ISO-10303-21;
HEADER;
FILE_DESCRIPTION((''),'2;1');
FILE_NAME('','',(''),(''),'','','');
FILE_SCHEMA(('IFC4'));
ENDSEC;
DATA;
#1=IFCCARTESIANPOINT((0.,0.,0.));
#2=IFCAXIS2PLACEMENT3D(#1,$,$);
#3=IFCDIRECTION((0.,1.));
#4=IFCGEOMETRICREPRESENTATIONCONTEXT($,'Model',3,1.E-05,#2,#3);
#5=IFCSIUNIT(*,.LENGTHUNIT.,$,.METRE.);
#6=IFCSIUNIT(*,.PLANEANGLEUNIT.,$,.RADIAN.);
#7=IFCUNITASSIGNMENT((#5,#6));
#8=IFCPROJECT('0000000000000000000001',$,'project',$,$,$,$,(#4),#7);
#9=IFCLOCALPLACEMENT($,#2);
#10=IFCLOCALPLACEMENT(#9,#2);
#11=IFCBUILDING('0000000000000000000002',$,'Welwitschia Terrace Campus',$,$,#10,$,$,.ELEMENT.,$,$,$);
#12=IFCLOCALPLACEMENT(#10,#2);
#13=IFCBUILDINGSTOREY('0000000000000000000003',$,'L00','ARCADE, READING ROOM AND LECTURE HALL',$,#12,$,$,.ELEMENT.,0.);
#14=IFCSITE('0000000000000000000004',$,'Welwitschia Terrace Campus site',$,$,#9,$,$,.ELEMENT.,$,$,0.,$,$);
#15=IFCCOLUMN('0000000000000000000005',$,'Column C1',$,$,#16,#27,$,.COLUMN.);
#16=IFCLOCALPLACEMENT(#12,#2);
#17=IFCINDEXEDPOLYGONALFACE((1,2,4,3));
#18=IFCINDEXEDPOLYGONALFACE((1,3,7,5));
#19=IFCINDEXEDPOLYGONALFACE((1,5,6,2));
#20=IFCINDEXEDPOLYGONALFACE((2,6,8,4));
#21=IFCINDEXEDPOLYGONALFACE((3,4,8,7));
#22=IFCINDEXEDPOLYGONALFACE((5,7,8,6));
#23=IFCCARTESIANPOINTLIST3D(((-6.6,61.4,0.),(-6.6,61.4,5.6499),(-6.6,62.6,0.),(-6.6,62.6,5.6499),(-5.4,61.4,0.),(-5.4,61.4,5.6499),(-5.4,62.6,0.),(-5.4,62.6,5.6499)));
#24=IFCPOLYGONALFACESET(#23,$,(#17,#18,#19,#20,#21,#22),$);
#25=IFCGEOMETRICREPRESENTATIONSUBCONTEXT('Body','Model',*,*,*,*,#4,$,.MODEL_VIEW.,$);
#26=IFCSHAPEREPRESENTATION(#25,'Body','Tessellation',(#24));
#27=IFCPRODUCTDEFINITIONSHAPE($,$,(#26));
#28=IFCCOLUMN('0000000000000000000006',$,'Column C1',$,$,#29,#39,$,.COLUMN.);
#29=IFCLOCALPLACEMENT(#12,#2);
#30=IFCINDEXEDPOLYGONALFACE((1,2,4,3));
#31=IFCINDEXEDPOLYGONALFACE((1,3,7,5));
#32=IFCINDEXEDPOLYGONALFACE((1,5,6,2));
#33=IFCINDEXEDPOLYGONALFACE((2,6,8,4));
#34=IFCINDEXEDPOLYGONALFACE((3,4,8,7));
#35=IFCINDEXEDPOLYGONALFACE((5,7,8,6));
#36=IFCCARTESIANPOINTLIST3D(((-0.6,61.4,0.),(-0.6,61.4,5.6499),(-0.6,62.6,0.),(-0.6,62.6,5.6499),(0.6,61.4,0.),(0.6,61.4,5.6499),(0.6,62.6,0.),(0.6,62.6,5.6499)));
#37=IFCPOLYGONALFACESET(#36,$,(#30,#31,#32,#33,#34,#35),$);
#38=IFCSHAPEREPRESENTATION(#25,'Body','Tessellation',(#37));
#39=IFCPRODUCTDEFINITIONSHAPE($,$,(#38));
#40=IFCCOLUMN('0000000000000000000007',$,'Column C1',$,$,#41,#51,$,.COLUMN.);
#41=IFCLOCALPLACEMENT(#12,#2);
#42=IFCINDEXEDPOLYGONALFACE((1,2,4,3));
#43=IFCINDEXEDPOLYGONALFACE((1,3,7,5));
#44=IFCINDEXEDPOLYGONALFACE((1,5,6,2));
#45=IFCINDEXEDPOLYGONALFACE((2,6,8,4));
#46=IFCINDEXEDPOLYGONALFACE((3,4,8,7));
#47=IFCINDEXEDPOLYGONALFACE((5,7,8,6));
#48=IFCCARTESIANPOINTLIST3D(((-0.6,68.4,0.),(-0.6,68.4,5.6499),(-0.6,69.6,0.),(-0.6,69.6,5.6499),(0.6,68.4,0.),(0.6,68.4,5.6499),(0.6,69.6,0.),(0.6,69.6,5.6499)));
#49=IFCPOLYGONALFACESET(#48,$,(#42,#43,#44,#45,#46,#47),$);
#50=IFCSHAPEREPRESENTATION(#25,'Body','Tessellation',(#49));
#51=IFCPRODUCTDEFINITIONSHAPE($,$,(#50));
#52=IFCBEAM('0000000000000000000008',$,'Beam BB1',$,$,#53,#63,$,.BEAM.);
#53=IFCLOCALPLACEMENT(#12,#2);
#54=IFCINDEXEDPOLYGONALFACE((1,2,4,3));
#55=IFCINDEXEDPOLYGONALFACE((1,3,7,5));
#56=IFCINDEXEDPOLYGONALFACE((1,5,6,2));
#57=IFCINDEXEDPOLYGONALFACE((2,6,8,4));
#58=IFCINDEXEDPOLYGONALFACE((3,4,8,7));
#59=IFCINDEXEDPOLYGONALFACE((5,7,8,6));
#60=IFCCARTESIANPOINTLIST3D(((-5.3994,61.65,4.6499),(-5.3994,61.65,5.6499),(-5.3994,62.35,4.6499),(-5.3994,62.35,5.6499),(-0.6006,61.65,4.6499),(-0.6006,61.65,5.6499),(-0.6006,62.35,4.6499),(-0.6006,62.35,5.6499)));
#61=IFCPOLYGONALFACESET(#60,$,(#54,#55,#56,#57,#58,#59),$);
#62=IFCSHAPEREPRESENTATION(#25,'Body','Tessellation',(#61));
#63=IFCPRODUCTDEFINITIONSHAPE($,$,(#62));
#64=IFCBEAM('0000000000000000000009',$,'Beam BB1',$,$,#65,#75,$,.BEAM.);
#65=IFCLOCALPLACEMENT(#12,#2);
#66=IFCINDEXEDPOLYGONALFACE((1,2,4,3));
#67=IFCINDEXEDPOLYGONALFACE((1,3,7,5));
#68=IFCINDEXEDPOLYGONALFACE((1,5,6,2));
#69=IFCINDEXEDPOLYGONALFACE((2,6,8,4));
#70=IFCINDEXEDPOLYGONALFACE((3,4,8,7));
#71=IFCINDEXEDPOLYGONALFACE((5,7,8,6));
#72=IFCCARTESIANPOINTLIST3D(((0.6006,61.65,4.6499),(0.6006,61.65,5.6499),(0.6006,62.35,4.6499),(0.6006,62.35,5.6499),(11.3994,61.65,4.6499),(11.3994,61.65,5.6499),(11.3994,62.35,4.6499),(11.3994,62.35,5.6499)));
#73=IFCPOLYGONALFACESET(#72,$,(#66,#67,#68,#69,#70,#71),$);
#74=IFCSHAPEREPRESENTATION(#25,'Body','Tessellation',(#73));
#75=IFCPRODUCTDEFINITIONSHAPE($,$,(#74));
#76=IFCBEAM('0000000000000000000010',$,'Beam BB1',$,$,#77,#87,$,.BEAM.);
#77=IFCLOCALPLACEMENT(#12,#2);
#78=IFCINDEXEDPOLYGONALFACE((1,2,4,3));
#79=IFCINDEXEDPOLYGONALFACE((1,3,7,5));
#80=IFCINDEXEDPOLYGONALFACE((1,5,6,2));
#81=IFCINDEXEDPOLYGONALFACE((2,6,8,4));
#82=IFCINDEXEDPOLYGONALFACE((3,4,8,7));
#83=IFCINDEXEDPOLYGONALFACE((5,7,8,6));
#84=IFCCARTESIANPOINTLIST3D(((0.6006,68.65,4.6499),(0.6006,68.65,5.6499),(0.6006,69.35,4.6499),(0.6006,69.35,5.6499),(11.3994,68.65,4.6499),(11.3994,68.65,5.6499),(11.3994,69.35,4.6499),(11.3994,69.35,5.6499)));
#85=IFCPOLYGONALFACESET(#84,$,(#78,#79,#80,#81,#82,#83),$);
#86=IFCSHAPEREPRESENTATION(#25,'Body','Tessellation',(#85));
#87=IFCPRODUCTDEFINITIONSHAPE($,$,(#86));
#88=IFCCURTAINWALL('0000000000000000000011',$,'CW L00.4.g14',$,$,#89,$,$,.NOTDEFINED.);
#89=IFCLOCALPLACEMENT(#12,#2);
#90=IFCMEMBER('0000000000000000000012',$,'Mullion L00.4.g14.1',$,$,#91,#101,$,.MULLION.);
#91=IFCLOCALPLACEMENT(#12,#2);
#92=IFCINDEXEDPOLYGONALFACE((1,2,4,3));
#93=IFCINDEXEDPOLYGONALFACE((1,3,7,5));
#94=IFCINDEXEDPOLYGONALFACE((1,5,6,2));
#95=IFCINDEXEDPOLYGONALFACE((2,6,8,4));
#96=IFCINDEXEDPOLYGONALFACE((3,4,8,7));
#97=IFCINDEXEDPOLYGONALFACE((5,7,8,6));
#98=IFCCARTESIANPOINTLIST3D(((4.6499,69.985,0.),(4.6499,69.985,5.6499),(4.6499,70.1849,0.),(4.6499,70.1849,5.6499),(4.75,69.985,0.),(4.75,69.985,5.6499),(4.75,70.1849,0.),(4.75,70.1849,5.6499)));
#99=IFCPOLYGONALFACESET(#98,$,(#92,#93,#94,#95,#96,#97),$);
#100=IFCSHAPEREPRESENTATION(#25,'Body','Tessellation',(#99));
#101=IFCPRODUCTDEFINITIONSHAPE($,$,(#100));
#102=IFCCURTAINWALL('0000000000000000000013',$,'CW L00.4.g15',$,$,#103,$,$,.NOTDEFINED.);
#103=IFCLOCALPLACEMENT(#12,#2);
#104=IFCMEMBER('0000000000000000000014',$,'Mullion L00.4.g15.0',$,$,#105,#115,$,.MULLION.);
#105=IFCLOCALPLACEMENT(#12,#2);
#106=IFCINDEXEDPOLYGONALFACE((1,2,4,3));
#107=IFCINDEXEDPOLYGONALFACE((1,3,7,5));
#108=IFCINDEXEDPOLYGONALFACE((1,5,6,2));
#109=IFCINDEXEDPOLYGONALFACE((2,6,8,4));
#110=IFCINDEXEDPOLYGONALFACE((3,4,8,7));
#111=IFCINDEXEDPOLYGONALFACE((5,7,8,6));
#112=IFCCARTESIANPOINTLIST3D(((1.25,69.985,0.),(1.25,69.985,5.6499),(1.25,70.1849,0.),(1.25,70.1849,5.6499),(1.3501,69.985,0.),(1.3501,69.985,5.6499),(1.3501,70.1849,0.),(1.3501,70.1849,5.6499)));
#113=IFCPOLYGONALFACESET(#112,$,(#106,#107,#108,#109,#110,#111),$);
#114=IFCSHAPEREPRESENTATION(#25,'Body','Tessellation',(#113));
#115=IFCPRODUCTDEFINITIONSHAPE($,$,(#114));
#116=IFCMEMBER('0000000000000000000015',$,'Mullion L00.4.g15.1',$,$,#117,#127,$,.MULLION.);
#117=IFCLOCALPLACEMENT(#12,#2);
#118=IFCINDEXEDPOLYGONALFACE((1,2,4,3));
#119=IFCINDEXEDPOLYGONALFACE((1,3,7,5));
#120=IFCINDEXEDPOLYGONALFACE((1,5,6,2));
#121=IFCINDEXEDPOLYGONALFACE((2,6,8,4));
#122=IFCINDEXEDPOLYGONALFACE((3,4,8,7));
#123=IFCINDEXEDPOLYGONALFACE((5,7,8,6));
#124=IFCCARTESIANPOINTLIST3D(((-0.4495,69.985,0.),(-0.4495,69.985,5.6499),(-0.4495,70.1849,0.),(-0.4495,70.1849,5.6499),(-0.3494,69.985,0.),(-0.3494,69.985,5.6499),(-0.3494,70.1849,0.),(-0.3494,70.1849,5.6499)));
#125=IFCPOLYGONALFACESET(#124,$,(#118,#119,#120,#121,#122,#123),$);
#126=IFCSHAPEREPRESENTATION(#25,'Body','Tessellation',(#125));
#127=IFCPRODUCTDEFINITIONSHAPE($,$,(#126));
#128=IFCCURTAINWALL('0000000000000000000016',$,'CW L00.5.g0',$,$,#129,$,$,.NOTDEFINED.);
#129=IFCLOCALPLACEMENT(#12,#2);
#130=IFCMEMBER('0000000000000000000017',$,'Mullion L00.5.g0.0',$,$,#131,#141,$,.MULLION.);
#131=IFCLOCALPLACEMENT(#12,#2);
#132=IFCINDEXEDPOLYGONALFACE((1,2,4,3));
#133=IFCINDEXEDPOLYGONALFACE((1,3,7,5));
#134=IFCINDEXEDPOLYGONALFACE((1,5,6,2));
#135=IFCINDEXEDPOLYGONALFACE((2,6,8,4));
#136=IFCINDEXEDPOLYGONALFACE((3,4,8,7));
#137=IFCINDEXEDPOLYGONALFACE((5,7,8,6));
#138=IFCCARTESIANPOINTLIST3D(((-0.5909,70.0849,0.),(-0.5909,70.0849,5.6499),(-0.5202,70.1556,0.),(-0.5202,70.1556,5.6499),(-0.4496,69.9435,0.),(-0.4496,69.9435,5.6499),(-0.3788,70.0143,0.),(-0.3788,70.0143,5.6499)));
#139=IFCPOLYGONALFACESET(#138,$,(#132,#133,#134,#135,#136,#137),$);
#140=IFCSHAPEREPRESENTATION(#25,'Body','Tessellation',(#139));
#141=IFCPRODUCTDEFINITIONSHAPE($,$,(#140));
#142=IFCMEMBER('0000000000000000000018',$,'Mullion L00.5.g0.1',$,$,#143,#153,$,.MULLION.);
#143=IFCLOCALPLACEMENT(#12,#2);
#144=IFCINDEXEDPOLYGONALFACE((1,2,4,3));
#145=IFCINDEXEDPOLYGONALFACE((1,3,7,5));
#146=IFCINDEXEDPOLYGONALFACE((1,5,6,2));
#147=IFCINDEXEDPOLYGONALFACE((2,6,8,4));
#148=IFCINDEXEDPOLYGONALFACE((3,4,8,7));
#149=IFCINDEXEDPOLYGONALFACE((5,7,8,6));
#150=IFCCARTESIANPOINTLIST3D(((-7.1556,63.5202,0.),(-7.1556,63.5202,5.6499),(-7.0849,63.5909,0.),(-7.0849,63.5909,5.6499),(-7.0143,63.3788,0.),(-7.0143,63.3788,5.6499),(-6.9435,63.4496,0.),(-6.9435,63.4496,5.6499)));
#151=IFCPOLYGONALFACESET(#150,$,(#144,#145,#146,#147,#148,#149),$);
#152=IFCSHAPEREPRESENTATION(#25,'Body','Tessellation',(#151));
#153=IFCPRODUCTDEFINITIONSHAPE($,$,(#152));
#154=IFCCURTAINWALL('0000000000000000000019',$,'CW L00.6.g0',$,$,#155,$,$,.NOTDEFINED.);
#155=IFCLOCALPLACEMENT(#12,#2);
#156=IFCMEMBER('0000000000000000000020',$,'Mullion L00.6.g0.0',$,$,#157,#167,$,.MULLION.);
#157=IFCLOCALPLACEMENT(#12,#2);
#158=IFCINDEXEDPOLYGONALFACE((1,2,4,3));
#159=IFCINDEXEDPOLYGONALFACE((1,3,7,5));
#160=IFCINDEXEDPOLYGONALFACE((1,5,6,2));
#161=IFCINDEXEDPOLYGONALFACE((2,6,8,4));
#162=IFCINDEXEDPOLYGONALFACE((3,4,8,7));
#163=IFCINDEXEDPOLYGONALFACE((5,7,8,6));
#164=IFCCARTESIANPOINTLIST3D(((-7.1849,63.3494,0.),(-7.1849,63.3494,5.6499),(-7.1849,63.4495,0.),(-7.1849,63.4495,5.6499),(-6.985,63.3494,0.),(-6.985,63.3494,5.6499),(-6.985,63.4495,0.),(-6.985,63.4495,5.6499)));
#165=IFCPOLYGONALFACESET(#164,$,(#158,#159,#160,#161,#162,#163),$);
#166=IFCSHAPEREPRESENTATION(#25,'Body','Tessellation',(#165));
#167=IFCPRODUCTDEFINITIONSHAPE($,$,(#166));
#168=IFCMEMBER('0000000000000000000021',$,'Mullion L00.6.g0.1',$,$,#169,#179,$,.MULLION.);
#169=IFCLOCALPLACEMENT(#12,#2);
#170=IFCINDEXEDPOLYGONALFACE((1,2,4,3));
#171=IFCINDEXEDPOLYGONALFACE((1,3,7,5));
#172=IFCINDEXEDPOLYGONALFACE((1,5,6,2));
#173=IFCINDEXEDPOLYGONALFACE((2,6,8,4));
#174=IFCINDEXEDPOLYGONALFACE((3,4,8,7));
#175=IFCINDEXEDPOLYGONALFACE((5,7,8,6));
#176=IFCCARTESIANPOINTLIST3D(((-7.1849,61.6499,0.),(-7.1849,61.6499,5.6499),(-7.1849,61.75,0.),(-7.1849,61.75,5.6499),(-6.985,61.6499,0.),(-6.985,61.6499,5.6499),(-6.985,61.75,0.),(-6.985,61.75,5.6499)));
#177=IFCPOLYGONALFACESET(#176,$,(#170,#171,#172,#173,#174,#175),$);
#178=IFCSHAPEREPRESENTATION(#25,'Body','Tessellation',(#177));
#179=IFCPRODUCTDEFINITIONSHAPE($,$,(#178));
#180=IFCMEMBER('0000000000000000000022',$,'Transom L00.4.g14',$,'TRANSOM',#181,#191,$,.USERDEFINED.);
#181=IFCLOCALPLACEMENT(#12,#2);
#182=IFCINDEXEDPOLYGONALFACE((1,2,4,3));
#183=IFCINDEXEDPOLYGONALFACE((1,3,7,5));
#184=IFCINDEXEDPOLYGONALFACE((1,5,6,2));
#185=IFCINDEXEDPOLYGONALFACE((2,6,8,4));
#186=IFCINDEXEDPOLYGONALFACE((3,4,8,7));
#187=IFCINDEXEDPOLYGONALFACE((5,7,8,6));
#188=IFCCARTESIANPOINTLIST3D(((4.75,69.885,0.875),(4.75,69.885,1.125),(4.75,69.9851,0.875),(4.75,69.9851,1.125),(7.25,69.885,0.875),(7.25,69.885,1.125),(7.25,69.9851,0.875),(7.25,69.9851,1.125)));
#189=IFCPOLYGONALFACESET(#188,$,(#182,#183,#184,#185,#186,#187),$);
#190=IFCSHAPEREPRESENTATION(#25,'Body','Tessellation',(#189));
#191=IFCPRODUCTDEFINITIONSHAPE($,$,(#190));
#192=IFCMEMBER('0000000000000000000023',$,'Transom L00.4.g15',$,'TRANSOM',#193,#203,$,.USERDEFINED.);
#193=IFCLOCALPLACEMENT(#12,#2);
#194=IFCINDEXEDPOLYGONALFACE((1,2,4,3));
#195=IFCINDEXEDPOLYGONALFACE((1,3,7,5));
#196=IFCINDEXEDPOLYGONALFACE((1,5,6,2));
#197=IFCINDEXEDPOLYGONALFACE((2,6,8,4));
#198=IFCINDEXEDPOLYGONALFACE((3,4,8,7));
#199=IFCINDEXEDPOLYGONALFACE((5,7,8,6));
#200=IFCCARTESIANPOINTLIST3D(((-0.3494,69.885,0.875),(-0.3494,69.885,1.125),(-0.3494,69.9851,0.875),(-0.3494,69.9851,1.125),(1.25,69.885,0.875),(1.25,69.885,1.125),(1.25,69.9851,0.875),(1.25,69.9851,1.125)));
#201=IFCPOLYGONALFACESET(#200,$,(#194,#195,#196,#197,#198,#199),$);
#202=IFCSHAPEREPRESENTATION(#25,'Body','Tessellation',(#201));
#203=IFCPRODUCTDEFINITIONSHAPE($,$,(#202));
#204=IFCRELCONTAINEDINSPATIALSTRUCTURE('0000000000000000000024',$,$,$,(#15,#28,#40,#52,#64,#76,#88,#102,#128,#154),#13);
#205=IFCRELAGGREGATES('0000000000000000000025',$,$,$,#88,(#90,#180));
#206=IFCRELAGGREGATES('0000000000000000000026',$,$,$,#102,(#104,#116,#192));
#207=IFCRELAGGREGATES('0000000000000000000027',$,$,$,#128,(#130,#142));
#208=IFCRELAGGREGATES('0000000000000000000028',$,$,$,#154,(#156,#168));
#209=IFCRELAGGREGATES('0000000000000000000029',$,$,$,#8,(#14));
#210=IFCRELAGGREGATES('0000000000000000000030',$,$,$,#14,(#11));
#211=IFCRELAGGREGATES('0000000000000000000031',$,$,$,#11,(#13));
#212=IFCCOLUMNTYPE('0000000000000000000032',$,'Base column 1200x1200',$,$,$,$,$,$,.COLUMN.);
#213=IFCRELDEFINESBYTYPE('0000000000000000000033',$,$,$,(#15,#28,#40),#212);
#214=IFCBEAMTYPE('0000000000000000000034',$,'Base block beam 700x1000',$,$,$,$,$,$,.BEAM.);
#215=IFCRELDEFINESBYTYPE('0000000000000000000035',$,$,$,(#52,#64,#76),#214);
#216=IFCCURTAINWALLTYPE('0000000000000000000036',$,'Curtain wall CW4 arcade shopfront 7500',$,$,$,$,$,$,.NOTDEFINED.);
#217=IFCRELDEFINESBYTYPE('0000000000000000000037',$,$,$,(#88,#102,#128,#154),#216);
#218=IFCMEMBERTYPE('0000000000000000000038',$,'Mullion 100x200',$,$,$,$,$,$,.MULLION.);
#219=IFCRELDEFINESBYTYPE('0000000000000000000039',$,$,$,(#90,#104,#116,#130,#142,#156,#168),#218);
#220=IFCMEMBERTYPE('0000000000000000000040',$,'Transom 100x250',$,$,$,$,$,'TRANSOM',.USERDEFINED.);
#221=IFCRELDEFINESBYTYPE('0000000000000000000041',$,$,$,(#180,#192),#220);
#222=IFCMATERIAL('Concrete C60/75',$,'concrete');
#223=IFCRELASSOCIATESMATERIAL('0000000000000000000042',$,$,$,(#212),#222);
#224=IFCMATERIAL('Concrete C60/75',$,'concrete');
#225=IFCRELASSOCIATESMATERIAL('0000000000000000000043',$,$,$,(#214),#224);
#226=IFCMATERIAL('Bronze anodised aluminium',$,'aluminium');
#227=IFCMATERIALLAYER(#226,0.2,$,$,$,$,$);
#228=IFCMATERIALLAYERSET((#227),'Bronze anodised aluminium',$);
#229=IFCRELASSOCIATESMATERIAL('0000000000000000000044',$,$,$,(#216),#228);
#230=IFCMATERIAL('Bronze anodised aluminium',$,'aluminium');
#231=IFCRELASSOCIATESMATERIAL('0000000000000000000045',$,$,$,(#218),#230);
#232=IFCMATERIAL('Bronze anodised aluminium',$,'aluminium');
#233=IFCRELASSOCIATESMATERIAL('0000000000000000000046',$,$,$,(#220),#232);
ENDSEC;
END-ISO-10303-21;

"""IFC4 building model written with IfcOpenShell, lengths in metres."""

from ifc_helpers import new_model, si_unit, direction, frame, origin, origin_2d, place, context, subcontext, project, spatial, rectangle, extrude, material, layer, layer_set, material_profile, profile_set, type_object, element, aggregate, save


model = new_model("IFC4")

# Units and contexts
model_context = context("Model", 3, precision=1e-05, world=origin(), true_north=direction((0.0, 1.0)))
body_context = subcontext(model_context, "Body", "Model", "MODEL_VIEW")
ifc_project = project(units=[si_unit("LENGTHUNIT", "METRE"), si_unit("PLANEANGLEUNIT", "RADIAN")], contexts=[model_context])

# Site, building, storey
site_placement = place(None, origin())
site = spatial("IfcSite", under=ifc_project, at=site_placement, Name="Welwitschia Terrace Campus site", CompositionType="ELEMENT", RefElevation=0.0)
building_placement = place(site_placement, origin())
building = spatial("IfcBuilding", under=site, at=building_placement, Name="Welwitschia Terrace Campus", CompositionType="ELEMENT")
storey_placement = place(building_placement, origin())
storey = spatial("IfcBuildingStorey", under=building, at=storey_placement, Name="L00", Description="ARCADE, READING ROOM AND LECTURE HALL", CompositionType="ELEMENT", Elevation=0.0)

# Columns
ifc_material_1 = material(Name="Concrete C60/75", Category="concrete")
ifc_material_profile_1 = material_profile(ifc_material_1, rectangle(XDim=1.2, YDim=1.2, at=origin_2d()))
ifc_profile_set_1 = profile_set([ifc_material_profile_1], Name="Concrete C60/75")
column_type = type_object("IfcColumnType", Name="Base column 1200x1200", PredefinedType="COLUMN", material=ifc_profile_set_1)
for number, where, z_axis, x_axis, name in (
    (1, (-6.0, 62.0, 0.0), (0.0, 0.0, 1.0), (1.0, 0.0, 0.0), "Column C1"),
    (2, (0.0, 62.0, 0.0), (0.0, 0.0, 1.0), (1.0, 0.0, 0.0), "Column C1"),
    (3, (0.0, 69.0, 0.0), (0.0, 0.0, 1.0), (1.0, 0.0, 0.0), "Column C1"),
):
    element("IfcColumn", number, at=place(storey_placement, frame(where, z_axis=z_axis, x_axis=x_axis)), inside=storey, type_object=column_type, Name=name, PredefinedType="COLUMN", context=body_context, shape_type="SweptSolid", body=[
        extrude(rectangle(XDim=1.2, YDim=1.2, at=origin_2d()), origin(), (0.0, 0.0, 1.0), 5.6499),
    ])

# Beams
ifc_material_2 = material(Name="Concrete C60/75", Category="concrete")
ifc_material_profile_2 = material_profile(ifc_material_2, rectangle(XDim=0.7, YDim=1.0, at=origin_2d()))
ifc_profile_set_2 = profile_set([ifc_material_profile_2], Name="Concrete C60/75")
beam_type = type_object("IfcBeamType", Name="Base block beam 700x1000", PredefinedType="BEAM", material=ifc_profile_set_2)
beam_placement = place(storey_placement, frame((-5.3994, 62.0, 5.1499), z_axis=(1.0, 0.0, 0.0), x_axis=(0.0, 1.0, 0.0)))
element("IfcBeam", 4, at=beam_placement, inside=storey, type_object=beam_type, Name="Beam BB1", PredefinedType="BEAM", context=body_context, shape_type="SweptSolid", body=[
    extrude(rectangle(XDim=0.7, YDim=1.0, at=origin_2d()), origin(), (0.0, 0.0, 1.0), 4.7988),
])
for number, where, z_axis, x_axis, name in (
    (5, (0.6006, 62.0, 5.1499), (1.0, 0.0, 0.0), (0.0, 1.0, 0.0), "Beam BB1"),
    (6, (0.6006, 69.0, 5.1499), (1.0, 0.0, 0.0), (0.0, 1.0, 0.0), "Beam BB1"),
):
    element("IfcBeam", number, at=place(storey_placement, frame(where, z_axis=z_axis, x_axis=x_axis)), inside=storey, type_object=beam_type, Name=name, PredefinedType="BEAM", context=body_context, shape_type="SweptSolid", body=[
        extrude(rectangle(XDim=0.7, YDim=1.0, at=origin_2d()), origin(), (0.0, 0.0, 1.0), 10.7988),
    ])

# Curtain wall, member
ifc_material_3 = material(Name="Bronze anodised aluminium", Category="aluminium")
ifc_layer_1 = layer(ifc_material_3, 0.2)
ifc_layer_set_1 = layer_set([ifc_layer_1], Name="Bronze anodised aluminium")
curtain_wall_type = type_object("IfcCurtainWallType", Name="Curtain wall CW4 arcade shopfront 7500", PredefinedType="NOTDEFINED", material=ifc_layer_set_1)
curtain_wall_1_placement = place(storey_placement, origin())
curtain_wall_1 = element("IfcCurtainWall", 7, at=curtain_wall_1_placement, inside=storey, type_object=curtain_wall_type, Name="CW L00.4.g14", PredefinedType="NOTDEFINED")
ifc_material_4 = material(Name="Bronze anodised aluminium", Category="aluminium")
ifc_material_profile_3 = material_profile(ifc_material_4, rectangle(XDim=0.2, YDim=0.1001, at=origin_2d()))
ifc_profile_set_3 = profile_set([ifc_material_profile_3], Name="Bronze anodised aluminium")
member_type_1 = type_object("IfcMemberType", Name="Mullion 100x200", PredefinedType="MULLION", material=ifc_profile_set_3)
member_1_placement = place(storey_placement, frame((4.7, 70.085, 0.0), z_axis=(0.0, 0.0, 1.0), x_axis=(0.0, -1.0, 0.0)))
member_1 = element("IfcMember", 8, at=member_1_placement, type_object=member_type_1, Name="Mullion L00.4.g14.1", PredefinedType="MULLION", context=body_context, shape_type="SweptSolid", body=[
    extrude(rectangle(XDim=0.2, YDim=0.1001, at=origin_2d()), origin(), (0.0, 0.0, 1.0), 5.6499),
])

# Curtain walls, members
curtain_wall_2_placement = place(storey_placement, origin())
curtain_wall_2 = element("IfcCurtainWall", 9, at=curtain_wall_2_placement, inside=storey, type_object=curtain_wall_type, Name="CW L00.4.g15", PredefinedType="NOTDEFINED")
member_2_placement = place(storey_placement, frame((1.3, 70.085, 0.0), z_axis=(0.0, 0.0, 1.0), x_axis=(0.0, -1.0, 0.0)))
member_2 = element("IfcMember", 10, at=member_2_placement, type_object=member_type_1, Name="Mullion L00.4.g15.0", PredefinedType="MULLION", context=body_context, shape_type="SweptSolid", body=[
    extrude(rectangle(XDim=0.2, YDim=0.1001, at=origin_2d()), origin(), (0.0, 0.0, 1.0), 5.6499),
])
member_3_placement = place(storey_placement, frame((-0.3994, 70.085, 0.0), z_axis=(0.0, 0.0, 1.0), x_axis=(0.0, -1.0, 0.0)))
member_3 = element("IfcMember", 11, at=member_3_placement, type_object=member_type_1, Name="Mullion L00.4.g15.1", PredefinedType="MULLION", context=body_context, shape_type="SweptSolid", body=[
    extrude(rectangle(XDim=0.2, YDim=0.1001, at=origin_2d()), origin(), (0.0, 0.0, 1.0), 5.6499),
])
curtain_wall_3_placement = place(storey_placement, origin())
curtain_wall_3 = element("IfcCurtainWall", 12, at=curtain_wall_3_placement, inside=storey, type_object=curtain_wall_type, Name="CW L00.5.g0", PredefinedType="NOTDEFINED")
member_4_placement = place(storey_placement, frame((-0.4849, 70.0496, 0.0), z_axis=(0.0, 0.0, 1.0), x_axis=(0.707107, -0.707107, 0.0)))
member_4 = element("IfcMember", 13, at=member_4_placement, type_object=member_type_1, Name="Mullion L00.5.g0.0", PredefinedType="MULLION", context=body_context, shape_type="SweptSolid", body=[
    extrude(rectangle(XDim=0.2, YDim=0.1001, at=origin_2d()), origin(), (0.0, 0.0, 1.0), 5.6499),
])
member_5_placement = place(storey_placement, frame((-7.0496, 63.4849, 0.0), z_axis=(0.0, 0.0, 1.0), x_axis=(0.707107, -0.707107, 0.0)))
member_5 = element("IfcMember", 14, at=member_5_placement, type_object=member_type_1, Name="Mullion L00.5.g0.1", PredefinedType="MULLION", context=body_context, shape_type="SweptSolid", body=[
    extrude(rectangle(XDim=0.2, YDim=0.1001, at=origin_2d()), origin(), (0.0, 0.0, 1.0), 5.6499),
])
curtain_wall_4_placement = place(storey_placement, origin())
curtain_wall_4 = element("IfcCurtainWall", 15, at=curtain_wall_4_placement, inside=storey, type_object=curtain_wall_type, Name="CW L00.6.g0", PredefinedType="NOTDEFINED")
member_6_placement = place(storey_placement, frame((-7.085, 63.3994, 0.0), z_axis=(0.0, 0.0, 1.0), x_axis=(1.0, 0.0, 0.0)))
member_6 = element("IfcMember", 16, at=member_6_placement, type_object=member_type_1, Name="Mullion L00.6.g0.0", PredefinedType="MULLION", context=body_context, shape_type="SweptSolid", body=[
    extrude(rectangle(XDim=0.2, YDim=0.1001, at=origin_2d()), origin(), (0.0, 0.0, 1.0), 5.6499),
])
member_7_placement = place(storey_placement, frame((-7.085, 61.7, 0.0), z_axis=(0.0, 0.0, 1.0), x_axis=(1.0, 0.0, 0.0)))
member_7 = element("IfcMember", 17, at=member_7_placement, type_object=member_type_1, Name="Mullion L00.6.g0.1", PredefinedType="MULLION", context=body_context, shape_type="SweptSolid", body=[
    extrude(rectangle(XDim=0.2, YDim=0.1001, at=origin_2d()), origin(), (0.0, 0.0, 1.0), 5.6499),
])

# Members
ifc_material_5 = material(Name="Bronze anodised aluminium", Category="aluminium")
ifc_material_profile_4 = material_profile(ifc_material_5, rectangle(XDim=0.1001, YDim=0.25, at=origin_2d()))
ifc_profile_set_4 = profile_set([ifc_material_profile_4], Name="Bronze anodised aluminium")
member_type_2 = type_object("IfcMemberType", Name="Transom 100x250", ElementType="TRANSOM", PredefinedType="USERDEFINED", material=ifc_profile_set_4)
member_8_placement = place(storey_placement, frame((7.25, 69.9351, 1.0), z_axis=(-1.0, 0.0, 0.0), x_axis=(0.0, -1.0, 0.0)))
member_8 = element("IfcMember", 18, at=member_8_placement, type_object=member_type_2, Name="Transom L00.4.g14", ObjectType="TRANSOM", PredefinedType="USERDEFINED", context=body_context, shape_type="SweptSolid", body=[
    extrude(rectangle(XDim=0.1001, YDim=0.25, at=origin_2d()), origin(), (0.0, 0.0, 1.0), 2.5),
])
member_9_placement = place(storey_placement, frame((1.25, 69.9351, 1.0), z_axis=(-1.0, 0.0, 0.0), x_axis=(0.0, -1.0, 0.0)))
member_9 = element("IfcMember", 19, at=member_9_placement, type_object=member_type_2, Name="Transom L00.4.g15", ObjectType="TRANSOM", PredefinedType="USERDEFINED", context=body_context, shape_type="SweptSolid", body=[
    extrude(rectangle(XDim=0.1001, YDim=0.25, at=origin_2d()), origin(), (0.0, 0.0, 1.0), 1.5994),
])

aggregate(curtain_wall_1, [member_1, member_8])
aggregate(curtain_wall_2, [member_2, member_3, member_9])
aggregate(curtain_wall_3, [member_4, member_5])
aggregate(curtain_wall_4, [member_6, member_7])

save(model, "model.ifc")
